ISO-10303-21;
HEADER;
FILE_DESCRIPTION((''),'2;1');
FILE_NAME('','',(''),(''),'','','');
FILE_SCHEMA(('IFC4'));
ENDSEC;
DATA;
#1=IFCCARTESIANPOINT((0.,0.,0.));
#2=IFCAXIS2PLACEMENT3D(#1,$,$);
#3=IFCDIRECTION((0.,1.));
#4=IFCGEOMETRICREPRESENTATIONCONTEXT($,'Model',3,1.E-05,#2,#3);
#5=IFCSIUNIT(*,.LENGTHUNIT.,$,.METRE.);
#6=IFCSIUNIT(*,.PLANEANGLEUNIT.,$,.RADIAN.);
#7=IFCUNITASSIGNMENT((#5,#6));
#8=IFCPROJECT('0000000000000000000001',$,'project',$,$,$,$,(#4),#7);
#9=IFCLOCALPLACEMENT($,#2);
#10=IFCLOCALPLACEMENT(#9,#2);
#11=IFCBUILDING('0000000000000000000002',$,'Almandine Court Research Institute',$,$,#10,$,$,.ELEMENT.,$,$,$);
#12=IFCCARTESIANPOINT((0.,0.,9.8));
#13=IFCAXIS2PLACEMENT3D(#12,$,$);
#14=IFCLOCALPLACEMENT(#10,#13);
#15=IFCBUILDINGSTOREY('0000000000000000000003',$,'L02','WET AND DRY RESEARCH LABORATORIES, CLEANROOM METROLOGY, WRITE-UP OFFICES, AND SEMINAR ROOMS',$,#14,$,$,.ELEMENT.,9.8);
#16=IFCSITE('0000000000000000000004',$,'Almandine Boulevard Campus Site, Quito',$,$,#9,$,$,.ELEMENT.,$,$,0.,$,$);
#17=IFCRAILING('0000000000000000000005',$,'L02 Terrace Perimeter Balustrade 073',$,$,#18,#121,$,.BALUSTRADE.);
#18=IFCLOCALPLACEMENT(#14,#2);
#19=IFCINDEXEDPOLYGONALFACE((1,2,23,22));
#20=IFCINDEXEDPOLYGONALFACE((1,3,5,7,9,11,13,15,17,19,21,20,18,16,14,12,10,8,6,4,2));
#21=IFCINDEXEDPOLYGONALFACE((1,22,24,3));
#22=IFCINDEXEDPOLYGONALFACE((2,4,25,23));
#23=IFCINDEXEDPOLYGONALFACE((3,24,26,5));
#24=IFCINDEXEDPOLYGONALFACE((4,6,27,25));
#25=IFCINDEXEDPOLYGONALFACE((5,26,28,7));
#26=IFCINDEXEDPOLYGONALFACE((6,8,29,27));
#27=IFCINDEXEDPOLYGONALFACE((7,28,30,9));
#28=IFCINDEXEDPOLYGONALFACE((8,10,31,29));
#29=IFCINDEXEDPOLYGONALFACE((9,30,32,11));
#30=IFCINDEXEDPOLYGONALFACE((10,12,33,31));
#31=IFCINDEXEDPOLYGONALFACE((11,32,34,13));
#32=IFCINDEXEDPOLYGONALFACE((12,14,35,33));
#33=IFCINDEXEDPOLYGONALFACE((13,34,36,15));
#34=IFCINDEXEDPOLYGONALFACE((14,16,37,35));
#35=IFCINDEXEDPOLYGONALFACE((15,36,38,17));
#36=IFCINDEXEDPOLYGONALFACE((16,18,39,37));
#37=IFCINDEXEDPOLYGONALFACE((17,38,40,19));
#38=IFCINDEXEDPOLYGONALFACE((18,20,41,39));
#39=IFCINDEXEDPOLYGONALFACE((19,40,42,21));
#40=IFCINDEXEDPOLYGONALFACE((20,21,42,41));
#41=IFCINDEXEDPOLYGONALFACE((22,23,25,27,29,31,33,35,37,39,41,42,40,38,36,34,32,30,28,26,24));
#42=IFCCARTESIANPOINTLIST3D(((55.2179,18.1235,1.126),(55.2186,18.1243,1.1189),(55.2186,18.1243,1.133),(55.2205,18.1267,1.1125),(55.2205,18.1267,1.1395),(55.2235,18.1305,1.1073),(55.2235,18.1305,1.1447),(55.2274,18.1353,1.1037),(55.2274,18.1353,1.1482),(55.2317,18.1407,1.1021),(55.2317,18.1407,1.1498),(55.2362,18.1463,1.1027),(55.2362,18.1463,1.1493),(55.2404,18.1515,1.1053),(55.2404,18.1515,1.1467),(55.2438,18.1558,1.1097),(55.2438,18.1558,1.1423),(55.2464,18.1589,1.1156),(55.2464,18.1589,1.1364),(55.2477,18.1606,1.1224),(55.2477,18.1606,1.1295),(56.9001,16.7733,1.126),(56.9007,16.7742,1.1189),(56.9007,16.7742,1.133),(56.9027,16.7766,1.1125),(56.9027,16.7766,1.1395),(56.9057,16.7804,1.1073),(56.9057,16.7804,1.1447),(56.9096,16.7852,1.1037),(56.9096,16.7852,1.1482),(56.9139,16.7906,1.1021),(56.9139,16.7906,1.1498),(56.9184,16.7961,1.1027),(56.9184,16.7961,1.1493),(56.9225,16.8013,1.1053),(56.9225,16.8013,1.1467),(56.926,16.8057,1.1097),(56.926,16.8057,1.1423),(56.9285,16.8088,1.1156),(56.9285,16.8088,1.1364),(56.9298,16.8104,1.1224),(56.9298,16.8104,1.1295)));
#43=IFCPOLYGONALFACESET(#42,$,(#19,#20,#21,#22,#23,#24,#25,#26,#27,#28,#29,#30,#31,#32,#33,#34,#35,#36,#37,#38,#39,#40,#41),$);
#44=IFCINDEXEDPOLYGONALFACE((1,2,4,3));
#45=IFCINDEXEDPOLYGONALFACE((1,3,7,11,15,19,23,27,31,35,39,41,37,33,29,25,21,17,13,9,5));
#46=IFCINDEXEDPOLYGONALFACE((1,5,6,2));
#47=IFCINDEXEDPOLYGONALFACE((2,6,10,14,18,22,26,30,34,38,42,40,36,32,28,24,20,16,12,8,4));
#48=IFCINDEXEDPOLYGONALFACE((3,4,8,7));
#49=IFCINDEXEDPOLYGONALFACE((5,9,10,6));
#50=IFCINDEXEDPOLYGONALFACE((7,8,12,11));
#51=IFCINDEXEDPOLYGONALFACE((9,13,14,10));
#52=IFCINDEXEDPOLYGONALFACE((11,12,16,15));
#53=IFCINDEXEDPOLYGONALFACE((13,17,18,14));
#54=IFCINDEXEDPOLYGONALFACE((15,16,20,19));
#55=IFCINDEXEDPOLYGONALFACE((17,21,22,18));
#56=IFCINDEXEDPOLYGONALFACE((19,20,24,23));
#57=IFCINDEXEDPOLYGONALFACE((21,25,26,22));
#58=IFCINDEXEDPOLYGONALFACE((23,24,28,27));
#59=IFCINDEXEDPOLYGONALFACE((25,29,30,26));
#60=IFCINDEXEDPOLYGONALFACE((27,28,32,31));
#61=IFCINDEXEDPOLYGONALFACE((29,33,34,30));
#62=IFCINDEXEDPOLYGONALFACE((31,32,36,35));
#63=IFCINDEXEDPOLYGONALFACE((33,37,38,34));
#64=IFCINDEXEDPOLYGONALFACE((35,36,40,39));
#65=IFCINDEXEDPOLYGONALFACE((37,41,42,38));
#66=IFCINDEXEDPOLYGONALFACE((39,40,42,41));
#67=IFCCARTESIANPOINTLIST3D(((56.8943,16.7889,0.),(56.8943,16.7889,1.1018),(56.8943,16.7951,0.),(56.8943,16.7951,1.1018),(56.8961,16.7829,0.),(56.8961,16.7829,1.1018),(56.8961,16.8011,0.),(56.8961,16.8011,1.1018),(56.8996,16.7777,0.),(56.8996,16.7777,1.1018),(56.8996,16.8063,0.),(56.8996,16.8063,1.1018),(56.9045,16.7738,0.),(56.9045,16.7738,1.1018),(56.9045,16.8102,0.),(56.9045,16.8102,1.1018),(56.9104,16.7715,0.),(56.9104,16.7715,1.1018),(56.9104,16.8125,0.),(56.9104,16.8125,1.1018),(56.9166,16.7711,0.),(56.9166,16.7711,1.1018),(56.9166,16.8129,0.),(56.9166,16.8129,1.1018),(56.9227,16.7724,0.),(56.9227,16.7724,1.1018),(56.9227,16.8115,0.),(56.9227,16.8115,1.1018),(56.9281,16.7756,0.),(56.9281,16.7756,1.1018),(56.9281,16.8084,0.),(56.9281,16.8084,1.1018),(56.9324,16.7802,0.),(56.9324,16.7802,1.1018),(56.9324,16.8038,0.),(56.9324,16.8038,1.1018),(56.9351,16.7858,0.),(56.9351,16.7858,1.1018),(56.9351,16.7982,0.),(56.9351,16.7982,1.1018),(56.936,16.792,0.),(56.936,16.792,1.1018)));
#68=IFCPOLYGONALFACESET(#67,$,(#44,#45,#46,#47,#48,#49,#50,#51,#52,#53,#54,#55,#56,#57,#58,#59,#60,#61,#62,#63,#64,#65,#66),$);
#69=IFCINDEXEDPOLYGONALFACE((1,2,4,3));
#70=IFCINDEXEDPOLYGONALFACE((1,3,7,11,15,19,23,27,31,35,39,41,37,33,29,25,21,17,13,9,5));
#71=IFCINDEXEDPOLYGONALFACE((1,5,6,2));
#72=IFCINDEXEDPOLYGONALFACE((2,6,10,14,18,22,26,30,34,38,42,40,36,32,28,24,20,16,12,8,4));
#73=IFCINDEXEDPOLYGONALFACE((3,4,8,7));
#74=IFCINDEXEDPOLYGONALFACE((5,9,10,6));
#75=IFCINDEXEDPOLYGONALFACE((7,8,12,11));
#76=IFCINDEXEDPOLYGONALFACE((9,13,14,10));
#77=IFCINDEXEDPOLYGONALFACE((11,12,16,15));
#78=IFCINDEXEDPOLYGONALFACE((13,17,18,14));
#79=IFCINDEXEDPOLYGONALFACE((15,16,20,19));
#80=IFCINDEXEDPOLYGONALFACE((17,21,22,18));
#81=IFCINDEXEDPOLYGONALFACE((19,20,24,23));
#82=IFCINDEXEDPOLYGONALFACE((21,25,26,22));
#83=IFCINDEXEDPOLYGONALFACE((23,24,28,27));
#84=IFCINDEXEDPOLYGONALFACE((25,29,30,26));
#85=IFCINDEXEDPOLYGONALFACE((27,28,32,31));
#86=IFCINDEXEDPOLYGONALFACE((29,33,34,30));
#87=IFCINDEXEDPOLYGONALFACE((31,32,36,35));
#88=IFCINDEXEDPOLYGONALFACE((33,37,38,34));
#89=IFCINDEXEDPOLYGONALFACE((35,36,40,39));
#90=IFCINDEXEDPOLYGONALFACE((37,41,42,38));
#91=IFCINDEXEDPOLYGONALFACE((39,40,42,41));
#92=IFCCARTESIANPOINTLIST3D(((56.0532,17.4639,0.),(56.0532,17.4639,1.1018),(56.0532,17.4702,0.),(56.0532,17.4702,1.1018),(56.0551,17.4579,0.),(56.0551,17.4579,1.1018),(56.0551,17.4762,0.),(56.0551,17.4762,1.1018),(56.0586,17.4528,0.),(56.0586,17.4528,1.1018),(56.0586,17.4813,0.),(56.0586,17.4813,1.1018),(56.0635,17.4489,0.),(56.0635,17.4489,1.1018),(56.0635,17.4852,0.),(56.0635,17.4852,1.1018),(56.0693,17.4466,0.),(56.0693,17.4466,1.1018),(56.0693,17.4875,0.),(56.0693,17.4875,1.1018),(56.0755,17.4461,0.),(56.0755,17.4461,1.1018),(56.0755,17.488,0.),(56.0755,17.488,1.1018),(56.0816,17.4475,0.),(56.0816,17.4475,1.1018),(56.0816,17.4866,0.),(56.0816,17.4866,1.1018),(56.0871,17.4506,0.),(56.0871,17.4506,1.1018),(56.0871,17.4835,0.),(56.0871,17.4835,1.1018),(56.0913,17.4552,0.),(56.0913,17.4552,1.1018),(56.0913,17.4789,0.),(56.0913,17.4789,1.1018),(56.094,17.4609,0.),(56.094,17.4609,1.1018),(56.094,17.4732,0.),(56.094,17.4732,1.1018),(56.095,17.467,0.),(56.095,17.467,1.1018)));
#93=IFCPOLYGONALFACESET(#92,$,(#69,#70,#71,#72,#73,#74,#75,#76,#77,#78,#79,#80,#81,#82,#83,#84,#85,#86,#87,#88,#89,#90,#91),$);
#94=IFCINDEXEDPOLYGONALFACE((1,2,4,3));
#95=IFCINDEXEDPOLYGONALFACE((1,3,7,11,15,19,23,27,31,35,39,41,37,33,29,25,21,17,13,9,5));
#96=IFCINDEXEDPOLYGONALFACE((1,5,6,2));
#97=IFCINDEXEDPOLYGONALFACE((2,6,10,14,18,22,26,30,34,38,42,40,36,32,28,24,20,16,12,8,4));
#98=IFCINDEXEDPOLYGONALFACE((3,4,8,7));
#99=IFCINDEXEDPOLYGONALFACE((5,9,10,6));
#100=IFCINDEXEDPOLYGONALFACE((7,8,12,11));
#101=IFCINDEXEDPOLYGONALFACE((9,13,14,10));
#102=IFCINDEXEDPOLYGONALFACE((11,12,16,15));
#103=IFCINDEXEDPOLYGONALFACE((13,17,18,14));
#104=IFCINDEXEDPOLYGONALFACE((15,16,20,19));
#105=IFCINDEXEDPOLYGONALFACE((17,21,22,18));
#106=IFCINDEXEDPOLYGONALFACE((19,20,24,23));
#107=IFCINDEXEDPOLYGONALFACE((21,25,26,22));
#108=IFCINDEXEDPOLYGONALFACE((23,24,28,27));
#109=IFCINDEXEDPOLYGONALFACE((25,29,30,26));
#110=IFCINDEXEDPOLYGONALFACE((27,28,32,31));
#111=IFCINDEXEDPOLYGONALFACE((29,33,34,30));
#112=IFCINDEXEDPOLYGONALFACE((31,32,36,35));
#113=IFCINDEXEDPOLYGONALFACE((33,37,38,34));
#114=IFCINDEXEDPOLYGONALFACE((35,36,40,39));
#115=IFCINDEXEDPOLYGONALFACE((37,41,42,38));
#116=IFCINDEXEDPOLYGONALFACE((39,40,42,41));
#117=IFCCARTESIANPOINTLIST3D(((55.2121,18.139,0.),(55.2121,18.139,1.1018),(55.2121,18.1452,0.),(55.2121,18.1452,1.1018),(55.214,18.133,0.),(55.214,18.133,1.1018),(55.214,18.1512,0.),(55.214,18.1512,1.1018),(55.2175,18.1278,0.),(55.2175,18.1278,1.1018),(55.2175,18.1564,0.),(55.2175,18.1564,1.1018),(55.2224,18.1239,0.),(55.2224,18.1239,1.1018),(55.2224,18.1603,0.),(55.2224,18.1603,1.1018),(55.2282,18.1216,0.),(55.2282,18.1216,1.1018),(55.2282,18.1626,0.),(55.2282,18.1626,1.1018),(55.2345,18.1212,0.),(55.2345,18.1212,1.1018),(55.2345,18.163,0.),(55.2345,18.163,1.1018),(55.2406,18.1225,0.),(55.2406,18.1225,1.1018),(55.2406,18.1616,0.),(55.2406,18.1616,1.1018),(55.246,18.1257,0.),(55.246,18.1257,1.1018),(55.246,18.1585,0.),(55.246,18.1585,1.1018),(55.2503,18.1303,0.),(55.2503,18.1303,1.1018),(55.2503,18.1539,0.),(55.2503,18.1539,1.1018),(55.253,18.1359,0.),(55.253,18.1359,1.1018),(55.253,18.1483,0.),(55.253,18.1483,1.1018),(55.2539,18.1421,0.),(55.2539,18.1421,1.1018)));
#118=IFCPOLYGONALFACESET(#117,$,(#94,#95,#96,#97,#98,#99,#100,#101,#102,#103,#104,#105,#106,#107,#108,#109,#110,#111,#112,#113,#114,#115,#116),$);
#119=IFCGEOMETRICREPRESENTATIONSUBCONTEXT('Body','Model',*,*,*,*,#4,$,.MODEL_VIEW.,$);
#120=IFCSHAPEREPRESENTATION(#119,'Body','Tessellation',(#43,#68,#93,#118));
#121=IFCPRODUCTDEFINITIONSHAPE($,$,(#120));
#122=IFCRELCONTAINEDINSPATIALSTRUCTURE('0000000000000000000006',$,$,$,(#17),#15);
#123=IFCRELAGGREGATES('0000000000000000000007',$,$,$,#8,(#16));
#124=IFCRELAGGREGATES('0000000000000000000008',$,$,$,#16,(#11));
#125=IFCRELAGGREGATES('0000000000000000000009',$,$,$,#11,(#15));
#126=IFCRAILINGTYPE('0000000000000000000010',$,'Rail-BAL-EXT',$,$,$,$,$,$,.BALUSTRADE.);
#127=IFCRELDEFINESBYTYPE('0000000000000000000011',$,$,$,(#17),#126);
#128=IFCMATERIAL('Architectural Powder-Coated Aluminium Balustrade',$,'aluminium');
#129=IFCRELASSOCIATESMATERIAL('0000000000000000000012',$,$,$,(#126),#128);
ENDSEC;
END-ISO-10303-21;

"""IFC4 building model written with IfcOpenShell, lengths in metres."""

from ifc_helpers import new_model, si_unit, direction, frame, origin, origin_2d, place, context, subcontext, project, spatial, circle, extrude, material, type_object, element, save


model = new_model("IFC4")

# Units and contexts
model_context = context("Model", 3, precision=1e-05, world=origin(), true_north=direction((0.0, 1.0)))
body_context = subcontext(model_context, "Body", "Model", "MODEL_VIEW")
ifc_project = project(units=[si_unit("LENGTHUNIT", "METRE"), si_unit("PLANEANGLEUNIT", "RADIAN")], contexts=[model_context])

# Site, building, storey
site_placement = place(None, origin())
site = spatial("IfcSite", under=ifc_project, at=site_placement, Name="Almandine Boulevard Campus Site, Quito", CompositionType="ELEMENT", RefElevation=0.0)
building_placement = place(site_placement, origin())
building = spatial("IfcBuilding", under=site, at=building_placement, Name="Almandine Court Research Institute", CompositionType="ELEMENT")
storey_placement = place(building_placement, frame((0.0, 0.0, 9.8)))
storey = spatial("IfcBuildingStorey", under=building, at=storey_placement, Name="L02", Description="WET AND DRY RESEARCH LABORATORIES, CLEANROOM METROLOGY, WRITE-UP OFFICES, AND SEMINAR ROOMS", CompositionType="ELEMENT", Elevation=9.8)

# Railing
ifc_material_1 = material(Name="Architectural Powder-Coated Aluminium Balustrade", Category="aluminium")
railing_type = type_object("IfcRailingType", Name="Rail-BAL-EXT", PredefinedType="BALUSTRADE", material=ifc_material_1)
railing_1_placement = place(storey_placement, frame((56.915, 16.792, 0.0)))
element("IfcRailing", 1, at=railing_1_placement, inside=storey, type_object=railing_type, Name="L02 Terrace Perimeter Balustrade 073", PredefinedType="BALUSTRADE", context=body_context, shape_type="SweptSolid", body=[
    extrude(circle(Radius=0.0239, at=origin_2d()), frame((0.0, 0.0, 1.126), z_axis=(-0.779874, 0.625937, 0.0), x_axis=(-0.625937, -0.779874, 0.0)), (0.0, 0.0, 1.0), 2.157),
    extrude(circle(Radius=0.021, at=origin_2d()), origin(), (0.0, 0.0, 1.0), 1.1018),
    extrude(circle(Radius=0.021, at=origin_2d()), frame((-0.8411, 0.675, 0.0)), (0.0, 0.0, 1.0), 1.1018),
    extrude(circle(Radius=0.021, at=origin_2d()), frame((-1.6821, 1.3501, 0.0)), (0.0, 0.0, 1.0), 1.1018),
])

save(model, "model.ifc")
